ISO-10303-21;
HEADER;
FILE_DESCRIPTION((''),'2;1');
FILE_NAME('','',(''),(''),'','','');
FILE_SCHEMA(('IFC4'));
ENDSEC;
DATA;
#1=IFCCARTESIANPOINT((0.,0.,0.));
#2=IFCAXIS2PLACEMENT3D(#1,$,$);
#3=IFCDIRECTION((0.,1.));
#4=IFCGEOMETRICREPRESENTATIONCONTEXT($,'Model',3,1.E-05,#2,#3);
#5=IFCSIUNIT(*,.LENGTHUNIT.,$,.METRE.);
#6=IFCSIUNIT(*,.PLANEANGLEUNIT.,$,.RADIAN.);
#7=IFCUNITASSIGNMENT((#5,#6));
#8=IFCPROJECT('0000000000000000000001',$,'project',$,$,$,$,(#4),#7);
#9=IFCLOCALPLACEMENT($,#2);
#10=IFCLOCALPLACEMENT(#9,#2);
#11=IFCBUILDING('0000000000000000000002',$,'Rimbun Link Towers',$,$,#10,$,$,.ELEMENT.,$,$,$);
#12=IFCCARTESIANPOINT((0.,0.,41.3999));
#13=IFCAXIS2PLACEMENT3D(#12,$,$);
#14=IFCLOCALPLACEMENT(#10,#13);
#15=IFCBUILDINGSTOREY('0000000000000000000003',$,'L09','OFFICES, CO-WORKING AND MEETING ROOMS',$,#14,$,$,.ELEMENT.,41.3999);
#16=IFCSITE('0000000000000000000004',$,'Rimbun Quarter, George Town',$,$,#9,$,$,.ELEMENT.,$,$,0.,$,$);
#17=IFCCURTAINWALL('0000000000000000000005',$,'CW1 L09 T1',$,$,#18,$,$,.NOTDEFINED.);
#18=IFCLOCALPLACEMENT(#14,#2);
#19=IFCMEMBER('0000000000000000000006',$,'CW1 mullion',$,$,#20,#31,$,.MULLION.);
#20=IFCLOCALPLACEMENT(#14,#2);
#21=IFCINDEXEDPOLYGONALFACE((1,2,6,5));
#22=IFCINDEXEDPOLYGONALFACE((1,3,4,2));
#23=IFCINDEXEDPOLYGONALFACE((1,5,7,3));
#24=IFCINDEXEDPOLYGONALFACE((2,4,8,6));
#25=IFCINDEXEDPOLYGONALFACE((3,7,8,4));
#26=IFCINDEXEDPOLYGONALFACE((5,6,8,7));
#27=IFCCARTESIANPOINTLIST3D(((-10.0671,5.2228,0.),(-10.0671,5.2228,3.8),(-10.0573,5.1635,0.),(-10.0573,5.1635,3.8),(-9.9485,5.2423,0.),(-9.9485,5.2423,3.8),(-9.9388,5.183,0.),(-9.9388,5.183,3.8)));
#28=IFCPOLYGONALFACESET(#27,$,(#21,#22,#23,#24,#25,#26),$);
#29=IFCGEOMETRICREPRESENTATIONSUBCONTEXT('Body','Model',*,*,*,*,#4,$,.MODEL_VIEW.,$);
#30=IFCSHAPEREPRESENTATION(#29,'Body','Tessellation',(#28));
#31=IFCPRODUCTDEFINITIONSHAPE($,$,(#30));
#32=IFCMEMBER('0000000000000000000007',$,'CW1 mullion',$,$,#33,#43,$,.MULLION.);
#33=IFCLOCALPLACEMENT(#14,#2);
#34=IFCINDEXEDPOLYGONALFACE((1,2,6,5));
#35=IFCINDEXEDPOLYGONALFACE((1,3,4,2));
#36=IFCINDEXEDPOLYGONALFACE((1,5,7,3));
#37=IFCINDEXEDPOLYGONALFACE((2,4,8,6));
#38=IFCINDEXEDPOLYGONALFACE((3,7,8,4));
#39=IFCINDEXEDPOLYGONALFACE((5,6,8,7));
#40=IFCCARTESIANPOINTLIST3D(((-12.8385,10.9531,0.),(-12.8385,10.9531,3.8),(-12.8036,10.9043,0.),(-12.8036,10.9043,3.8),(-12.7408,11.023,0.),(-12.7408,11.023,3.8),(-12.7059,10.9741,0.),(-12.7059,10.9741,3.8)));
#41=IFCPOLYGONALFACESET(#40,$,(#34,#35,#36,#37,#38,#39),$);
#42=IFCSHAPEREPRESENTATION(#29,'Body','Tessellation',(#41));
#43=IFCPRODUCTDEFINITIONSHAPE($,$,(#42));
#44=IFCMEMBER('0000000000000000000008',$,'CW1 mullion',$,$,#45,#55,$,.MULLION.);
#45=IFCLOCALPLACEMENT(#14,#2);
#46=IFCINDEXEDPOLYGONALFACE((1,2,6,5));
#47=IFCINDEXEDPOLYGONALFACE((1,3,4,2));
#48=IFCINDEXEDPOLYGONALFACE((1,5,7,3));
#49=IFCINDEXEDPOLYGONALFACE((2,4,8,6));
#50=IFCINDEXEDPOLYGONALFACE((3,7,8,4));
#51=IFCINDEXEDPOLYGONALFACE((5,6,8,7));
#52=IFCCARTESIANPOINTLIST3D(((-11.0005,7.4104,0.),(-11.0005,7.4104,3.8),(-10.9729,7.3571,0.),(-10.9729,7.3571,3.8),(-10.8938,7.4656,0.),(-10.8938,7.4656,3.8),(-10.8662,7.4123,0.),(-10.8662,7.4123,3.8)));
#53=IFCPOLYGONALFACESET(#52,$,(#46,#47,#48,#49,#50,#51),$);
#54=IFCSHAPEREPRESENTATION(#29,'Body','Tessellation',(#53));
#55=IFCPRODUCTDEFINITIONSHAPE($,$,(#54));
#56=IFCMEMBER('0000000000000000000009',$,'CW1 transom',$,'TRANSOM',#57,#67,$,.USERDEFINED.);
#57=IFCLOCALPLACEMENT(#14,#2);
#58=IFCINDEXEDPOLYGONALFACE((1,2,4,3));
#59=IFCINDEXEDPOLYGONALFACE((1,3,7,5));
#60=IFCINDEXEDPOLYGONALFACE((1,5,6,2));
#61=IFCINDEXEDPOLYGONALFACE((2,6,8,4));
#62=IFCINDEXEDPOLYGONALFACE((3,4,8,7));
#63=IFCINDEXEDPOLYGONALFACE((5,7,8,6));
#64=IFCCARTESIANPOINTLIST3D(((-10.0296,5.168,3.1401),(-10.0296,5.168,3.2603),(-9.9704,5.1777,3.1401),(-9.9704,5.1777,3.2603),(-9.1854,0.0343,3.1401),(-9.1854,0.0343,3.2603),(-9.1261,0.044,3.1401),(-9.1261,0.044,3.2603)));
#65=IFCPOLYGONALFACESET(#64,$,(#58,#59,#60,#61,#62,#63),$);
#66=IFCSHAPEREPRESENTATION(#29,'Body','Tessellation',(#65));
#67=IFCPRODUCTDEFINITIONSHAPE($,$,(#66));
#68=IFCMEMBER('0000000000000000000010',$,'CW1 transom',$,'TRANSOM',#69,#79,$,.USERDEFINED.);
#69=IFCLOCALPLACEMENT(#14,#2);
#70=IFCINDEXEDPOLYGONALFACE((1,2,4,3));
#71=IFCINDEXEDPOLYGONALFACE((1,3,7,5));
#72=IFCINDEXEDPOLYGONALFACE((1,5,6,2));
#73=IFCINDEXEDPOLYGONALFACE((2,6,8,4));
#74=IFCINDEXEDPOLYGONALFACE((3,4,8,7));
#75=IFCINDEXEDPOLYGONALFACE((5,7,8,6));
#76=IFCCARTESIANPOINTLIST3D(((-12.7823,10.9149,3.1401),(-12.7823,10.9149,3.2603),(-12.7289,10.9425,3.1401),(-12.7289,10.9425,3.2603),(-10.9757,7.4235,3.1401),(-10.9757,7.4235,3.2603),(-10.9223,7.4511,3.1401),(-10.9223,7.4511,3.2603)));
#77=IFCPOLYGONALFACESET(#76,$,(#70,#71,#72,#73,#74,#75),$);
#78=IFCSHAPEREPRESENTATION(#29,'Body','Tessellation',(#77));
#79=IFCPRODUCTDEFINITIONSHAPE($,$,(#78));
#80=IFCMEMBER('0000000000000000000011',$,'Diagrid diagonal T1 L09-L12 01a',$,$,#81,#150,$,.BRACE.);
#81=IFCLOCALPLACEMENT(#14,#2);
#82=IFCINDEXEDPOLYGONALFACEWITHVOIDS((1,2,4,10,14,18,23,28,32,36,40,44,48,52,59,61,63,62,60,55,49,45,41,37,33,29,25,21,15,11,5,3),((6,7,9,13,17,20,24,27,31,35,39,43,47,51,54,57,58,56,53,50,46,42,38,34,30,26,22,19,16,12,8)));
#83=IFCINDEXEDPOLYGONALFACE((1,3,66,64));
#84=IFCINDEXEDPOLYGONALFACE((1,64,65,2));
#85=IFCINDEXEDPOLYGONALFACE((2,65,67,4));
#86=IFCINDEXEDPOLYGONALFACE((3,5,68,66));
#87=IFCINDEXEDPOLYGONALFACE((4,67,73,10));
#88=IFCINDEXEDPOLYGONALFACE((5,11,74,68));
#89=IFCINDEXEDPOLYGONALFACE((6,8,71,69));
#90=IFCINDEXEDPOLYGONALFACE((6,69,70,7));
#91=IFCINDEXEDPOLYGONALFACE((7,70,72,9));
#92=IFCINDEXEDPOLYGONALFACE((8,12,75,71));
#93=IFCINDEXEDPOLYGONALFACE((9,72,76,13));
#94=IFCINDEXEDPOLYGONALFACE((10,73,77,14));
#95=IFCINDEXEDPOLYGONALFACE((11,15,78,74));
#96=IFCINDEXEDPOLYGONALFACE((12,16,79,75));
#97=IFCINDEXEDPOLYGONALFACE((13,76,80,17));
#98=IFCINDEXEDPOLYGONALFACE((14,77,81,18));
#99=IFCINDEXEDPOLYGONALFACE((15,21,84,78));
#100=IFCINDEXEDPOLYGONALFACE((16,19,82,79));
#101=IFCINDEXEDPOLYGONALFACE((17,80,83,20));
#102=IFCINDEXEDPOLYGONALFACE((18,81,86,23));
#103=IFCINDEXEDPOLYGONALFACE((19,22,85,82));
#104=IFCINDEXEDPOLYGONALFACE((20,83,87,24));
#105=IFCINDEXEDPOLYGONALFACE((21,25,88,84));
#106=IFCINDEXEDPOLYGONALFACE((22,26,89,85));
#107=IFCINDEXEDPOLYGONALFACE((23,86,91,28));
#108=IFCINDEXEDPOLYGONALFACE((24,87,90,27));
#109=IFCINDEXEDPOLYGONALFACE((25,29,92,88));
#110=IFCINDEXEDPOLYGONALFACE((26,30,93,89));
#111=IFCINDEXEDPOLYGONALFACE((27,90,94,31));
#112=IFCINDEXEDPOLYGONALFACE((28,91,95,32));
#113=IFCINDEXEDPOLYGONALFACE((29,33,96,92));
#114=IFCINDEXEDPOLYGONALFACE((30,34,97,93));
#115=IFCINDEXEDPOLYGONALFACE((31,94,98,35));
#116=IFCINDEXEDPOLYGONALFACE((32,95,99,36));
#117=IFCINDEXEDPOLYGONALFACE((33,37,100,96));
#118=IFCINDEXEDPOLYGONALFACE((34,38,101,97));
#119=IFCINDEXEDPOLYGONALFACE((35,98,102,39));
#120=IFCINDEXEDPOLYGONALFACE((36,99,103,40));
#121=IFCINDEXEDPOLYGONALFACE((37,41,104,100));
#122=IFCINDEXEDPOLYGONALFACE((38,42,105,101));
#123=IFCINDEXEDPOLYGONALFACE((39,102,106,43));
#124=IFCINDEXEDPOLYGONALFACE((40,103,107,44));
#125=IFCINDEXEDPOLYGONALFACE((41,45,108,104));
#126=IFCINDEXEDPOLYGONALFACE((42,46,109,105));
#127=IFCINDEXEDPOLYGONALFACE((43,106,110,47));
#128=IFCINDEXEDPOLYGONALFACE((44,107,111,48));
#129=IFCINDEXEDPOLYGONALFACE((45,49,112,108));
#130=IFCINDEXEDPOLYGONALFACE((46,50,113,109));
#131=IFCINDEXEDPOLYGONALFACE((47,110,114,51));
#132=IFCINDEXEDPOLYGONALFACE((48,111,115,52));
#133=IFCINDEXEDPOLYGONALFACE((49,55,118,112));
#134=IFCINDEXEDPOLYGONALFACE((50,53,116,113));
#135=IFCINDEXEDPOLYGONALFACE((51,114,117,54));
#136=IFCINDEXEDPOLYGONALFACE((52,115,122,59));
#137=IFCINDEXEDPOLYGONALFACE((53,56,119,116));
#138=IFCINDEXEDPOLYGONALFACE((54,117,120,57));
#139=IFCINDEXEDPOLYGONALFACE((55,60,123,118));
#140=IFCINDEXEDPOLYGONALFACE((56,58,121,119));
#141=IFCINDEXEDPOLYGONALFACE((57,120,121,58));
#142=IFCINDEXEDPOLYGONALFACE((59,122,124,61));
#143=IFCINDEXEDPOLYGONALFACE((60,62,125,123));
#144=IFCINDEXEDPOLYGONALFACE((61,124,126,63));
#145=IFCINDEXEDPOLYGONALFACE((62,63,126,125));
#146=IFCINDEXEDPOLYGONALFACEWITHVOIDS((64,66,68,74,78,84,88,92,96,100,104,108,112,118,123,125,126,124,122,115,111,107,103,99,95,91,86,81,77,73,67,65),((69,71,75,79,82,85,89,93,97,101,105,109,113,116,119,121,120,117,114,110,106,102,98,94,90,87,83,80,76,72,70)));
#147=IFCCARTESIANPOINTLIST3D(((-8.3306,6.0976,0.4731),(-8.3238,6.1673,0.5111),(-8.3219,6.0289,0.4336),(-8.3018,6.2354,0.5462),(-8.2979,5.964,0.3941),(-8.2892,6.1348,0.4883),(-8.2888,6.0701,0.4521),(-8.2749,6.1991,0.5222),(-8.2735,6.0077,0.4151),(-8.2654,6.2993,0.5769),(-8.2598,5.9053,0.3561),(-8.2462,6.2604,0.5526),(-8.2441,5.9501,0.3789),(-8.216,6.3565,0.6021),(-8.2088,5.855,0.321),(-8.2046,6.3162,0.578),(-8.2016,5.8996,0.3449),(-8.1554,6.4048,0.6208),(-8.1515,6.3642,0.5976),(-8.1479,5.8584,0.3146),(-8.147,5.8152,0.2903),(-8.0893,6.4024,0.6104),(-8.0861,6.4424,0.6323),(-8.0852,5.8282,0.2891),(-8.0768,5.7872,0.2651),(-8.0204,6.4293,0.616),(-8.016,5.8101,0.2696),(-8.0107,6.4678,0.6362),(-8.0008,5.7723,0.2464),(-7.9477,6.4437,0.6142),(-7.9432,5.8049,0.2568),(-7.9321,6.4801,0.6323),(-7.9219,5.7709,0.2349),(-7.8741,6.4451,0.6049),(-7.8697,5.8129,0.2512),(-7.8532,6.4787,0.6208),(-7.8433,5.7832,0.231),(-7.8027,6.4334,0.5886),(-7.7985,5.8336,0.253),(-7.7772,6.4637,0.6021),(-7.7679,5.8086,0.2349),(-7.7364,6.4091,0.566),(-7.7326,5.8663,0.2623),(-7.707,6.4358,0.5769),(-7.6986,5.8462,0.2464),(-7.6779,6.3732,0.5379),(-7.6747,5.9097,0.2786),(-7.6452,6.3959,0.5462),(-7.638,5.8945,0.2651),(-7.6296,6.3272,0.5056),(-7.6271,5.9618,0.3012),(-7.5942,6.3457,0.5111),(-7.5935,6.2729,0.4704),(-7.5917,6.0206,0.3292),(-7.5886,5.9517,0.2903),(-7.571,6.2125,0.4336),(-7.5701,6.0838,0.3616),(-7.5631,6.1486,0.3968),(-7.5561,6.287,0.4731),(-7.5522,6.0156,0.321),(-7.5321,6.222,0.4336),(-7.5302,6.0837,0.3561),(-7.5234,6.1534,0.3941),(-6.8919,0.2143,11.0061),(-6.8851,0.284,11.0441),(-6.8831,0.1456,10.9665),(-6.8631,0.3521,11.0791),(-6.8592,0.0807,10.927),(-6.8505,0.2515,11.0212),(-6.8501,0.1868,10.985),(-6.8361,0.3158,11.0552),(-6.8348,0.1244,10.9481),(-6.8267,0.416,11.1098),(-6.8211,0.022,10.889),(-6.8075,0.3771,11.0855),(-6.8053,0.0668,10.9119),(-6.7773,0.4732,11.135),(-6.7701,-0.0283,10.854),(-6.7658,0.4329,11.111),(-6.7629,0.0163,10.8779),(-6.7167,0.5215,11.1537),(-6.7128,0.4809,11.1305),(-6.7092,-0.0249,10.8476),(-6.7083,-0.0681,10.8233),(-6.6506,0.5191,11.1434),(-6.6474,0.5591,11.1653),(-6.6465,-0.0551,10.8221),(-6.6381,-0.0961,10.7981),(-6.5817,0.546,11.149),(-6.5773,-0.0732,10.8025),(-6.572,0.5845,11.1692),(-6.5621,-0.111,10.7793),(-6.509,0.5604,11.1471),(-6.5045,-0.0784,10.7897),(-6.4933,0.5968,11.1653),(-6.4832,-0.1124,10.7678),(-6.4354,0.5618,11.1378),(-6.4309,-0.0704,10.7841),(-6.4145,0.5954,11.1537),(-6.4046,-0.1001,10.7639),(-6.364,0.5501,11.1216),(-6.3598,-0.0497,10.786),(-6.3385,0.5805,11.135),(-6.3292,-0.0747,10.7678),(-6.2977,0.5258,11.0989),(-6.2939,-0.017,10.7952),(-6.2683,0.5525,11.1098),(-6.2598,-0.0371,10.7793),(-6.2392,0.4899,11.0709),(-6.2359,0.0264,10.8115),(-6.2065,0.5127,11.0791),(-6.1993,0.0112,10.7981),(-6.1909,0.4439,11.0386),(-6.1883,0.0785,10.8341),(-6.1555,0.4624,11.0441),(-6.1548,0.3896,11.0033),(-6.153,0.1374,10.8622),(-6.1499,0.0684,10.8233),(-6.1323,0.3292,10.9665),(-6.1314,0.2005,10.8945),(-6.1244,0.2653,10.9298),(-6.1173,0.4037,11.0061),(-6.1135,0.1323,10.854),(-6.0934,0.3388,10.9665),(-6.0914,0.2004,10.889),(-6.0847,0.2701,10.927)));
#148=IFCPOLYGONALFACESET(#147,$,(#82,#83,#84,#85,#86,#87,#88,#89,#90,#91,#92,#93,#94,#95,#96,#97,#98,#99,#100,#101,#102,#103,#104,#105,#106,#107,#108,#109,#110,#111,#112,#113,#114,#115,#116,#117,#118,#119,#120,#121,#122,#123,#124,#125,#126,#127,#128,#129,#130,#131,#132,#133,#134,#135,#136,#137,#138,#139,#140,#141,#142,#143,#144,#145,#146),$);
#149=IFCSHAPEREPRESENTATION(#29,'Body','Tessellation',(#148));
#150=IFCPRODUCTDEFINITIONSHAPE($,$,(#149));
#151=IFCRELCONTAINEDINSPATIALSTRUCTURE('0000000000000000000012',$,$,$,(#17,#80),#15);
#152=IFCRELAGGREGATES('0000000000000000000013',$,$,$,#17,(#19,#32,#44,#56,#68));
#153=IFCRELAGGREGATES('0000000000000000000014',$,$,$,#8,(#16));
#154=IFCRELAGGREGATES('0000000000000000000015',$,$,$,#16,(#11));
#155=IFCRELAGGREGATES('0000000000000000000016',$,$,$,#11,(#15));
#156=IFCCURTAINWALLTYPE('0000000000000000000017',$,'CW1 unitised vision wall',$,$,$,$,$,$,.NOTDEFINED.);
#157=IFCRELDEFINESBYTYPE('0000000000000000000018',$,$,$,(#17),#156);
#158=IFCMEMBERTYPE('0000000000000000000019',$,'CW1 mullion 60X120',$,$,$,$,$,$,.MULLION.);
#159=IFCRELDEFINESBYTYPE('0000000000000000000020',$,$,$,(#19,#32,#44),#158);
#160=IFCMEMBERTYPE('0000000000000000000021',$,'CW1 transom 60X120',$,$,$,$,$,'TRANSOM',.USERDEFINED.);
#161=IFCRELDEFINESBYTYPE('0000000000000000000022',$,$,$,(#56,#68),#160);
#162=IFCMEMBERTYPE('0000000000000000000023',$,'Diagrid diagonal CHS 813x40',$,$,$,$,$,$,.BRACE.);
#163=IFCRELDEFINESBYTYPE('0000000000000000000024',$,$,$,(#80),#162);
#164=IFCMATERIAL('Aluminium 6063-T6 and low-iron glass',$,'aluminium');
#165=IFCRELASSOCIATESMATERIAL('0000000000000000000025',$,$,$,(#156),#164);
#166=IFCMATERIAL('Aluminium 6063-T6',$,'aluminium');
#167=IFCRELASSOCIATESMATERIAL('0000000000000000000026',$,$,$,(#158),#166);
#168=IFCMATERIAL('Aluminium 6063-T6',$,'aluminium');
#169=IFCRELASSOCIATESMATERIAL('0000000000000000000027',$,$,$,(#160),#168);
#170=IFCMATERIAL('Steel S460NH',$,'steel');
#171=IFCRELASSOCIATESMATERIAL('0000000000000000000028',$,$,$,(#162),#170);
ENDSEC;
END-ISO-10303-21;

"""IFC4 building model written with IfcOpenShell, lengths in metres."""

from ifc_helpers import new_model, si_unit, direction, frame, origin, origin_2d, place, context, subcontext, project, spatial, rectangle, hollow_circle, extrude, material, material_profile, profile_set, type_object, element, aggregate, save


model = new_model("IFC4")

# Units and contexts
model_context = context("Model", 3, precision=1e-05, world=origin(), true_north=direction((0.0, 1.0)))
body_context = subcontext(model_context, "Body", "Model", "MODEL_VIEW")
ifc_project = project(units=[si_unit("LENGTHUNIT", "METRE"), si_unit("PLANEANGLEUNIT", "RADIAN")], contexts=[model_context])

# Site, building, storey
site_placement = place(None, origin())
site = spatial("IfcSite", under=ifc_project, at=site_placement, Name="Rimbun Quarter, George Town", CompositionType="ELEMENT", RefElevation=0.0)
building_placement = place(site_placement, origin())
building = spatial("IfcBuilding", under=site, at=building_placement, Name="Rimbun Link Towers", CompositionType="ELEMENT")
storey_placement = place(building_placement, frame((0.0, 0.0, 41.3999)))
storey = spatial("IfcBuildingStorey", under=building, at=storey_placement, Name="L09", Description="OFFICES, CO-WORKING AND MEETING ROOMS", CompositionType="ELEMENT", Elevation=41.3999)

# Curtain wall, members
ifc_material_1 = material(Name="Aluminium 6063-T6 and low-iron glass", Category="aluminium")
curtain_wall_type = type_object("IfcCurtainWallType", Name="CW1 unitised vision wall", PredefinedType="NOTDEFINED", material=ifc_material_1)
curtain_wall_placement = place(storey_placement, origin())
curtain_wall = element("IfcCurtainWall", 1, at=curtain_wall_placement, inside=storey, type_object=curtain_wall_type, Name="CW1 L09 T1", PredefinedType="NOTDEFINED")
ifc_material_2 = material(Name="Aluminium 6063-T6", Category="aluminium")
ifc_material_profile_1 = material_profile(ifc_material_2, rectangle(XDim=0.1201, YDim=0.0601, at=origin_2d()), Name="MULLION 60X120")
ifc_profile_set_1 = profile_set([ifc_material_profile_1], Name="Aluminium 6063-T6")
member_type_1 = type_object("IfcMemberType", Name="CW1 mullion 60X120", PredefinedType="MULLION", material=ifc_profile_set_1)
member_1_placement = place(storey_placement, frame((-10.0029, 5.2029, 0.0), z_axis=(0.0, 0.0, 1.0), x_axis=(0.986748, 0.162258, 0.0)))
member_1 = element("IfcMember", 2, at=member_1_placement, type_object=member_type_1, Name="CW1 mullion", PredefinedType="MULLION", context=body_context, shape_type="SweptSolid", body=[
    extrude(rectangle(XDim=0.1201, YDim=0.0601, at=origin_2d()), origin(), (0.0, 0.0, 1.0), 3.8),
])
member_2_placement = place(storey_placement, frame((-12.7722, 10.9636, 0.0), z_axis=(0.0, 0.0, 1.0), x_axis=(0.813349, 0.581776, 0.0)))
member_2 = element("IfcMember", 3, at=member_2_placement, type_object=member_type_1, Name="CW1 mullion", PredefinedType="MULLION", context=body_context, shape_type="SweptSolid", body=[
    extrude(rectangle(XDim=0.1201, YDim=0.0601, at=origin_2d()), origin(), (0.0, 0.0, 1.0), 3.8),
])
member_3_placement = place(storey_placement, frame((-10.9333, 7.4114, 0.0), z_axis=(0.0, 0.0, 1.0), x_axis=(0.888149, 0.459555, 0.0)))
member_3 = element("IfcMember", 4, at=member_3_placement, type_object=member_type_1, Name="CW1 mullion", PredefinedType="MULLION", context=body_context, shape_type="SweptSolid", body=[
    extrude(rectangle(XDim=0.1201, YDim=0.0601, at=origin_2d()), origin(), (0.0, 0.0, 1.0), 3.8),
])
ifc_material_3 = material(Name="Aluminium 6063-T6", Category="aluminium")
ifc_material_profile_2 = material_profile(ifc_material_3, rectangle(XDim=0.0601, YDim=0.1201, at=origin_2d()), Name="TRANSOM 60X120")
ifc_profile_set_2 = profile_set([ifc_material_profile_2], Name="Aluminium 6063-T6")
member_type_2 = type_object("IfcMemberType", Name="CW1 transom 60X120", ElementType="TRANSOM", PredefinedType="USERDEFINED", material=ifc_profile_set_2)
member_4_placement = place(storey_placement, frame((-10.0, 5.1729, 3.2002), z_axis=(0.162268, -0.986747, 0.0), x_axis=(0.986747, 0.162268, 0.0)))
member_4 = element("IfcMember", 5, at=member_4_placement, type_object=member_type_2, Name="CW1 transom", ObjectType="TRANSOM", PredefinedType="USERDEFINED", context=body_context, shape_type="SweptSolid", body=[
    extrude(rectangle(XDim=0.0601, YDim=0.1201, at=origin_2d()), origin(), (0.0, 0.0, 1.0), 5.2026),
])
member_5_placement = place(storey_placement, frame((-12.7556, 10.9287, 3.2002), z_axis=(0.459567, -0.888143, 0.0), x_axis=(0.888143, 0.459567, 0.0)))
member_5 = element("IfcMember", 6, at=member_5_placement, type_object=member_type_2, Name="CW1 transom", ObjectType="TRANSOM", PredefinedType="USERDEFINED", context=body_context, shape_type="SweptSolid", body=[
    extrude(rectangle(XDim=0.0601, YDim=0.1201, at=origin_2d()), origin(), (0.0, 0.0, 1.0), 3.9312),
])

# Member
ifc_material_4 = material(Name="Steel S460NH", Category="steel")
ifc_material_profile_3 = material_profile(ifc_material_4, hollow_circle(Radius=0.4065, WallThickness=0.04, at=origin_2d()), Name="Diagrid diagonal CHS 813x40")
ifc_profile_set_3 = profile_set([ifc_material_profile_3], Name="Steel S460NH")
member_type_3 = type_object("IfcMemberType", Name="Diagrid diagonal CHS 813x40", PredefinedType="BRACE", material=ifc_profile_set_3)
member_6_placement = place(storey_placement, frame((-7.927, 6.1255, 0.4336), z_axis=(0.118412, -0.484216, 0.866899), x_axis=(0.971377, 0.237544, 0.0)))
element("IfcMember", 7, at=member_6_placement, inside=storey, type_object=member_type_3, Name="Diagrid diagonal T1 L09-L12 01a", PredefinedType="BRACE", context=body_context, shape_type="SweptSolid", body=[
    extrude(hollow_circle(Radius=0.4065, WallThickness=0.04, at=origin_2d()), origin(), (0.0, 0.0, 1.0), 12.1501),
])

aggregate(curtain_wall, [member_1, member_2, member_3, member_4, member_5])

save(model, "model.ifc")
